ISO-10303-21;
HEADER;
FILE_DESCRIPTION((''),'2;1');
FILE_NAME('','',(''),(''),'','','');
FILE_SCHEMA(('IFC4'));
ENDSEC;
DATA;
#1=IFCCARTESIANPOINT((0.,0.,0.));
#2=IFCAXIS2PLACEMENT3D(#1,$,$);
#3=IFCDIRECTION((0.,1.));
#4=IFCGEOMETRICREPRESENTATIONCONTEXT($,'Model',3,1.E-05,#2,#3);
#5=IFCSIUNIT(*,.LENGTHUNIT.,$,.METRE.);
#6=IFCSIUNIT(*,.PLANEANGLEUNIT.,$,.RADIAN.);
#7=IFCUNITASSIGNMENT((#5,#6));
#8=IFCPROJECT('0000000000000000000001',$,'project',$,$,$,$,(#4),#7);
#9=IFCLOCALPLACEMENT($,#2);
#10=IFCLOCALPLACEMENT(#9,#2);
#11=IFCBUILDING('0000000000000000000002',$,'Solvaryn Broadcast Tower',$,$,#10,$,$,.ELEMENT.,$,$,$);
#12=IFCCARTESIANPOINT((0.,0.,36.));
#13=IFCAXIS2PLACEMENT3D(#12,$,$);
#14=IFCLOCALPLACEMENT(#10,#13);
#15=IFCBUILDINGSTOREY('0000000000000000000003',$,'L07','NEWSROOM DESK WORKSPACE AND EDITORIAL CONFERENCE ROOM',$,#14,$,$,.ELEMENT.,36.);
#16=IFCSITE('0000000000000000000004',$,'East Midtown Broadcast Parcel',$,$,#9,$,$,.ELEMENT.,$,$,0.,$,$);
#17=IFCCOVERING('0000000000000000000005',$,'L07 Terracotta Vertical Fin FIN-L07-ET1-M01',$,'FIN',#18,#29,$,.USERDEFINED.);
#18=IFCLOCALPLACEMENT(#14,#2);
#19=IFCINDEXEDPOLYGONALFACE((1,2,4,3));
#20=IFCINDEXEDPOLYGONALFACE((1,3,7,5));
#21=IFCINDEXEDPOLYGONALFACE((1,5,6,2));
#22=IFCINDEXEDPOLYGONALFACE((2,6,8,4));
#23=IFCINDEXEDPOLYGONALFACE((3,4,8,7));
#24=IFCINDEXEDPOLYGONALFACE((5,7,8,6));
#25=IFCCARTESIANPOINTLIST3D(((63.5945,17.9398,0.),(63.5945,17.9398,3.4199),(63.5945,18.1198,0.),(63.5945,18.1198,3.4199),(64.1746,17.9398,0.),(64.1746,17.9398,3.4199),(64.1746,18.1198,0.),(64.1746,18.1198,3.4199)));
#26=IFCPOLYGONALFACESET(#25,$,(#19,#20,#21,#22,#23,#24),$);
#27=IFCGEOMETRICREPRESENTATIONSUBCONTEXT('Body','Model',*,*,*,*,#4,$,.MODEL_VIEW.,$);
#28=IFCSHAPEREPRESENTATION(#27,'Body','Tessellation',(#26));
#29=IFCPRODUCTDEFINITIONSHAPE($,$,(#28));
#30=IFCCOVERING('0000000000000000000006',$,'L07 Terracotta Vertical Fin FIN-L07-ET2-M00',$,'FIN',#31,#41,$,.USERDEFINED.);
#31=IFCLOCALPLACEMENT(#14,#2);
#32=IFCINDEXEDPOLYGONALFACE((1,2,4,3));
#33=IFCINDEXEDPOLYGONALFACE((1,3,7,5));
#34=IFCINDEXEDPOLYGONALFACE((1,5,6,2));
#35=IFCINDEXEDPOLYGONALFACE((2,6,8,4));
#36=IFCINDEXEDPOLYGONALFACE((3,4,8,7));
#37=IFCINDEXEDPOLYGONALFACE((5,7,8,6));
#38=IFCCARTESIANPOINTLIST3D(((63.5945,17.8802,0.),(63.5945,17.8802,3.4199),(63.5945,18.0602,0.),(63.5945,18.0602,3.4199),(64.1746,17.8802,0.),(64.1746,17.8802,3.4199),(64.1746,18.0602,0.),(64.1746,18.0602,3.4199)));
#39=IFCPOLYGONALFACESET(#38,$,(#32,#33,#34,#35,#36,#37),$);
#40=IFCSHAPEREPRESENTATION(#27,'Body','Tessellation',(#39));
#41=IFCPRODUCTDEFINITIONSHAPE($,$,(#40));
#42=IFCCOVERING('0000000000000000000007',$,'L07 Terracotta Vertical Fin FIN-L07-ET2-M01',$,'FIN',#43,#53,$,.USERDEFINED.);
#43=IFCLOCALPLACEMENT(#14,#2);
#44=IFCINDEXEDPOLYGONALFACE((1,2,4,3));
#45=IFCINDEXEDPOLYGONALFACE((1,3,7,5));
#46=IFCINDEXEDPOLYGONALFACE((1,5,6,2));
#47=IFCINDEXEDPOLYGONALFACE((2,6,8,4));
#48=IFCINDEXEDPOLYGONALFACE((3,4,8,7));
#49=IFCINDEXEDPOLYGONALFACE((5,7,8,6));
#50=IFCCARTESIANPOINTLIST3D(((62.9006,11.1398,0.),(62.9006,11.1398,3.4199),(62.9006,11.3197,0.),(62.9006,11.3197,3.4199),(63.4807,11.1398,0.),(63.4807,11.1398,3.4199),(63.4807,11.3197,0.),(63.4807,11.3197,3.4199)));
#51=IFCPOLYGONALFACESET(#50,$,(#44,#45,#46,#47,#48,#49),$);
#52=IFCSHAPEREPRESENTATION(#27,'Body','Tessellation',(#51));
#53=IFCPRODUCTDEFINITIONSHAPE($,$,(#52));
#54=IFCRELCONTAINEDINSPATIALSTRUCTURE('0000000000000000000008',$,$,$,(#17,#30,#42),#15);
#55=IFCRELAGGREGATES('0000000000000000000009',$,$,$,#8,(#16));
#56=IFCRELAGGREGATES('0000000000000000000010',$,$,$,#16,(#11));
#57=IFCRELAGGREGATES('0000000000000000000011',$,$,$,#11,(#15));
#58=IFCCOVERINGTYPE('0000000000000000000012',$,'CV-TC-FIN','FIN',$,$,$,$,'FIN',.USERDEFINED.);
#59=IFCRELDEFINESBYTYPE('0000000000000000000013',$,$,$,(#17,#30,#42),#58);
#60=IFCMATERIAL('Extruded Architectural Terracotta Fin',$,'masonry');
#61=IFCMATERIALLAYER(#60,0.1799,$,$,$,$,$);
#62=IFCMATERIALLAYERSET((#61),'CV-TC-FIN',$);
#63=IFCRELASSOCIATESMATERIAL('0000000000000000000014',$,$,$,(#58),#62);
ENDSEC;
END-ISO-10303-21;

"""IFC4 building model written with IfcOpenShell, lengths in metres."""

from ifc_helpers import new_model, si_unit, direction, frame, origin, origin_2d, place, context, subcontext, project, spatial, rectangle, extrude, material, layer, layer_set, type_object, element, save


model = new_model("IFC4")

# Units and contexts
model_context = context("Model", 3, precision=1e-05, world=origin(), true_north=direction((0.0, 1.0)))
body_context = subcontext(model_context, "Body", "Model", "MODEL_VIEW")
ifc_project = project(units=[si_unit("LENGTHUNIT", "METRE"), si_unit("PLANEANGLEUNIT", "RADIAN")], contexts=[model_context])

# Site, building, storey
site_placement = place(None, origin())
site = spatial("IfcSite", under=ifc_project, at=site_placement, Name="East Midtown Broadcast Parcel", CompositionType="ELEMENT", RefElevation=0.0)
building_placement = place(site_placement, origin())
building = spatial("IfcBuilding", under=site, at=building_placement, Name="Solvaryn Broadcast Tower", CompositionType="ELEMENT")
storey_placement = place(building_placement, frame((0.0, 0.0, 36.0)))
storey = spatial("IfcBuildingStorey", under=building, at=storey_placement, Name="L07", Description="NEWSROOM DESK WORKSPACE AND EDITORIAL CONFERENCE ROOM", CompositionType="ELEMENT", Elevation=36.0)

# Coverings
ifc_material_1 = material(Name="Extruded Architectural Terracotta Fin", Category="masonry")
ifc_layer_1 = layer(ifc_material_1, 0.1799)
ifc_layer_set_1 = layer_set([ifc_layer_1], Name="CV-TC-FIN")
covering_type_1 = type_object("IfcCoveringType", Name="CV-TC-FIN", Description="FIN", ElementType="FIN", PredefinedType="USERDEFINED", material=ifc_layer_set_1)
for number, where, z_axis, x_axis, name in (
    (1, (63.8845, 18.0298, 0.0), (0.0, 0.0, 1.0), (1.0, 0.0, 0.0), "L07 Terracotta Vertical Fin FIN-L07-ET1-M01"),
    (2, (63.8845, 17.9702, 0.0), (0.0, 0.0, 1.0), (1.0, 0.0, 0.0), "L07 Terracotta Vertical Fin FIN-L07-ET2-M00"),
    (3, (63.1907, 11.2297, 0.0), (0.0, 0.0, 1.0), (1.0, 0.0, 0.0), "L07 Terracotta Vertical Fin FIN-L07-ET2-M01"),
):
    element("IfcCovering", number, at=place(storey_placement, frame(where, z_axis=z_axis, x_axis=x_axis)), inside=storey, type_object=covering_type_1, Name=name, ObjectType="FIN", PredefinedType="USERDEFINED", context=body_context, shape_type="SweptSolid", body=[
        extrude(rectangle(XDim=0.5801, YDim=0.1799, at=origin_2d()), origin(), (0.0, 0.0, 1.0), 3.4199),
    ])

save(model, "model.ifc")
